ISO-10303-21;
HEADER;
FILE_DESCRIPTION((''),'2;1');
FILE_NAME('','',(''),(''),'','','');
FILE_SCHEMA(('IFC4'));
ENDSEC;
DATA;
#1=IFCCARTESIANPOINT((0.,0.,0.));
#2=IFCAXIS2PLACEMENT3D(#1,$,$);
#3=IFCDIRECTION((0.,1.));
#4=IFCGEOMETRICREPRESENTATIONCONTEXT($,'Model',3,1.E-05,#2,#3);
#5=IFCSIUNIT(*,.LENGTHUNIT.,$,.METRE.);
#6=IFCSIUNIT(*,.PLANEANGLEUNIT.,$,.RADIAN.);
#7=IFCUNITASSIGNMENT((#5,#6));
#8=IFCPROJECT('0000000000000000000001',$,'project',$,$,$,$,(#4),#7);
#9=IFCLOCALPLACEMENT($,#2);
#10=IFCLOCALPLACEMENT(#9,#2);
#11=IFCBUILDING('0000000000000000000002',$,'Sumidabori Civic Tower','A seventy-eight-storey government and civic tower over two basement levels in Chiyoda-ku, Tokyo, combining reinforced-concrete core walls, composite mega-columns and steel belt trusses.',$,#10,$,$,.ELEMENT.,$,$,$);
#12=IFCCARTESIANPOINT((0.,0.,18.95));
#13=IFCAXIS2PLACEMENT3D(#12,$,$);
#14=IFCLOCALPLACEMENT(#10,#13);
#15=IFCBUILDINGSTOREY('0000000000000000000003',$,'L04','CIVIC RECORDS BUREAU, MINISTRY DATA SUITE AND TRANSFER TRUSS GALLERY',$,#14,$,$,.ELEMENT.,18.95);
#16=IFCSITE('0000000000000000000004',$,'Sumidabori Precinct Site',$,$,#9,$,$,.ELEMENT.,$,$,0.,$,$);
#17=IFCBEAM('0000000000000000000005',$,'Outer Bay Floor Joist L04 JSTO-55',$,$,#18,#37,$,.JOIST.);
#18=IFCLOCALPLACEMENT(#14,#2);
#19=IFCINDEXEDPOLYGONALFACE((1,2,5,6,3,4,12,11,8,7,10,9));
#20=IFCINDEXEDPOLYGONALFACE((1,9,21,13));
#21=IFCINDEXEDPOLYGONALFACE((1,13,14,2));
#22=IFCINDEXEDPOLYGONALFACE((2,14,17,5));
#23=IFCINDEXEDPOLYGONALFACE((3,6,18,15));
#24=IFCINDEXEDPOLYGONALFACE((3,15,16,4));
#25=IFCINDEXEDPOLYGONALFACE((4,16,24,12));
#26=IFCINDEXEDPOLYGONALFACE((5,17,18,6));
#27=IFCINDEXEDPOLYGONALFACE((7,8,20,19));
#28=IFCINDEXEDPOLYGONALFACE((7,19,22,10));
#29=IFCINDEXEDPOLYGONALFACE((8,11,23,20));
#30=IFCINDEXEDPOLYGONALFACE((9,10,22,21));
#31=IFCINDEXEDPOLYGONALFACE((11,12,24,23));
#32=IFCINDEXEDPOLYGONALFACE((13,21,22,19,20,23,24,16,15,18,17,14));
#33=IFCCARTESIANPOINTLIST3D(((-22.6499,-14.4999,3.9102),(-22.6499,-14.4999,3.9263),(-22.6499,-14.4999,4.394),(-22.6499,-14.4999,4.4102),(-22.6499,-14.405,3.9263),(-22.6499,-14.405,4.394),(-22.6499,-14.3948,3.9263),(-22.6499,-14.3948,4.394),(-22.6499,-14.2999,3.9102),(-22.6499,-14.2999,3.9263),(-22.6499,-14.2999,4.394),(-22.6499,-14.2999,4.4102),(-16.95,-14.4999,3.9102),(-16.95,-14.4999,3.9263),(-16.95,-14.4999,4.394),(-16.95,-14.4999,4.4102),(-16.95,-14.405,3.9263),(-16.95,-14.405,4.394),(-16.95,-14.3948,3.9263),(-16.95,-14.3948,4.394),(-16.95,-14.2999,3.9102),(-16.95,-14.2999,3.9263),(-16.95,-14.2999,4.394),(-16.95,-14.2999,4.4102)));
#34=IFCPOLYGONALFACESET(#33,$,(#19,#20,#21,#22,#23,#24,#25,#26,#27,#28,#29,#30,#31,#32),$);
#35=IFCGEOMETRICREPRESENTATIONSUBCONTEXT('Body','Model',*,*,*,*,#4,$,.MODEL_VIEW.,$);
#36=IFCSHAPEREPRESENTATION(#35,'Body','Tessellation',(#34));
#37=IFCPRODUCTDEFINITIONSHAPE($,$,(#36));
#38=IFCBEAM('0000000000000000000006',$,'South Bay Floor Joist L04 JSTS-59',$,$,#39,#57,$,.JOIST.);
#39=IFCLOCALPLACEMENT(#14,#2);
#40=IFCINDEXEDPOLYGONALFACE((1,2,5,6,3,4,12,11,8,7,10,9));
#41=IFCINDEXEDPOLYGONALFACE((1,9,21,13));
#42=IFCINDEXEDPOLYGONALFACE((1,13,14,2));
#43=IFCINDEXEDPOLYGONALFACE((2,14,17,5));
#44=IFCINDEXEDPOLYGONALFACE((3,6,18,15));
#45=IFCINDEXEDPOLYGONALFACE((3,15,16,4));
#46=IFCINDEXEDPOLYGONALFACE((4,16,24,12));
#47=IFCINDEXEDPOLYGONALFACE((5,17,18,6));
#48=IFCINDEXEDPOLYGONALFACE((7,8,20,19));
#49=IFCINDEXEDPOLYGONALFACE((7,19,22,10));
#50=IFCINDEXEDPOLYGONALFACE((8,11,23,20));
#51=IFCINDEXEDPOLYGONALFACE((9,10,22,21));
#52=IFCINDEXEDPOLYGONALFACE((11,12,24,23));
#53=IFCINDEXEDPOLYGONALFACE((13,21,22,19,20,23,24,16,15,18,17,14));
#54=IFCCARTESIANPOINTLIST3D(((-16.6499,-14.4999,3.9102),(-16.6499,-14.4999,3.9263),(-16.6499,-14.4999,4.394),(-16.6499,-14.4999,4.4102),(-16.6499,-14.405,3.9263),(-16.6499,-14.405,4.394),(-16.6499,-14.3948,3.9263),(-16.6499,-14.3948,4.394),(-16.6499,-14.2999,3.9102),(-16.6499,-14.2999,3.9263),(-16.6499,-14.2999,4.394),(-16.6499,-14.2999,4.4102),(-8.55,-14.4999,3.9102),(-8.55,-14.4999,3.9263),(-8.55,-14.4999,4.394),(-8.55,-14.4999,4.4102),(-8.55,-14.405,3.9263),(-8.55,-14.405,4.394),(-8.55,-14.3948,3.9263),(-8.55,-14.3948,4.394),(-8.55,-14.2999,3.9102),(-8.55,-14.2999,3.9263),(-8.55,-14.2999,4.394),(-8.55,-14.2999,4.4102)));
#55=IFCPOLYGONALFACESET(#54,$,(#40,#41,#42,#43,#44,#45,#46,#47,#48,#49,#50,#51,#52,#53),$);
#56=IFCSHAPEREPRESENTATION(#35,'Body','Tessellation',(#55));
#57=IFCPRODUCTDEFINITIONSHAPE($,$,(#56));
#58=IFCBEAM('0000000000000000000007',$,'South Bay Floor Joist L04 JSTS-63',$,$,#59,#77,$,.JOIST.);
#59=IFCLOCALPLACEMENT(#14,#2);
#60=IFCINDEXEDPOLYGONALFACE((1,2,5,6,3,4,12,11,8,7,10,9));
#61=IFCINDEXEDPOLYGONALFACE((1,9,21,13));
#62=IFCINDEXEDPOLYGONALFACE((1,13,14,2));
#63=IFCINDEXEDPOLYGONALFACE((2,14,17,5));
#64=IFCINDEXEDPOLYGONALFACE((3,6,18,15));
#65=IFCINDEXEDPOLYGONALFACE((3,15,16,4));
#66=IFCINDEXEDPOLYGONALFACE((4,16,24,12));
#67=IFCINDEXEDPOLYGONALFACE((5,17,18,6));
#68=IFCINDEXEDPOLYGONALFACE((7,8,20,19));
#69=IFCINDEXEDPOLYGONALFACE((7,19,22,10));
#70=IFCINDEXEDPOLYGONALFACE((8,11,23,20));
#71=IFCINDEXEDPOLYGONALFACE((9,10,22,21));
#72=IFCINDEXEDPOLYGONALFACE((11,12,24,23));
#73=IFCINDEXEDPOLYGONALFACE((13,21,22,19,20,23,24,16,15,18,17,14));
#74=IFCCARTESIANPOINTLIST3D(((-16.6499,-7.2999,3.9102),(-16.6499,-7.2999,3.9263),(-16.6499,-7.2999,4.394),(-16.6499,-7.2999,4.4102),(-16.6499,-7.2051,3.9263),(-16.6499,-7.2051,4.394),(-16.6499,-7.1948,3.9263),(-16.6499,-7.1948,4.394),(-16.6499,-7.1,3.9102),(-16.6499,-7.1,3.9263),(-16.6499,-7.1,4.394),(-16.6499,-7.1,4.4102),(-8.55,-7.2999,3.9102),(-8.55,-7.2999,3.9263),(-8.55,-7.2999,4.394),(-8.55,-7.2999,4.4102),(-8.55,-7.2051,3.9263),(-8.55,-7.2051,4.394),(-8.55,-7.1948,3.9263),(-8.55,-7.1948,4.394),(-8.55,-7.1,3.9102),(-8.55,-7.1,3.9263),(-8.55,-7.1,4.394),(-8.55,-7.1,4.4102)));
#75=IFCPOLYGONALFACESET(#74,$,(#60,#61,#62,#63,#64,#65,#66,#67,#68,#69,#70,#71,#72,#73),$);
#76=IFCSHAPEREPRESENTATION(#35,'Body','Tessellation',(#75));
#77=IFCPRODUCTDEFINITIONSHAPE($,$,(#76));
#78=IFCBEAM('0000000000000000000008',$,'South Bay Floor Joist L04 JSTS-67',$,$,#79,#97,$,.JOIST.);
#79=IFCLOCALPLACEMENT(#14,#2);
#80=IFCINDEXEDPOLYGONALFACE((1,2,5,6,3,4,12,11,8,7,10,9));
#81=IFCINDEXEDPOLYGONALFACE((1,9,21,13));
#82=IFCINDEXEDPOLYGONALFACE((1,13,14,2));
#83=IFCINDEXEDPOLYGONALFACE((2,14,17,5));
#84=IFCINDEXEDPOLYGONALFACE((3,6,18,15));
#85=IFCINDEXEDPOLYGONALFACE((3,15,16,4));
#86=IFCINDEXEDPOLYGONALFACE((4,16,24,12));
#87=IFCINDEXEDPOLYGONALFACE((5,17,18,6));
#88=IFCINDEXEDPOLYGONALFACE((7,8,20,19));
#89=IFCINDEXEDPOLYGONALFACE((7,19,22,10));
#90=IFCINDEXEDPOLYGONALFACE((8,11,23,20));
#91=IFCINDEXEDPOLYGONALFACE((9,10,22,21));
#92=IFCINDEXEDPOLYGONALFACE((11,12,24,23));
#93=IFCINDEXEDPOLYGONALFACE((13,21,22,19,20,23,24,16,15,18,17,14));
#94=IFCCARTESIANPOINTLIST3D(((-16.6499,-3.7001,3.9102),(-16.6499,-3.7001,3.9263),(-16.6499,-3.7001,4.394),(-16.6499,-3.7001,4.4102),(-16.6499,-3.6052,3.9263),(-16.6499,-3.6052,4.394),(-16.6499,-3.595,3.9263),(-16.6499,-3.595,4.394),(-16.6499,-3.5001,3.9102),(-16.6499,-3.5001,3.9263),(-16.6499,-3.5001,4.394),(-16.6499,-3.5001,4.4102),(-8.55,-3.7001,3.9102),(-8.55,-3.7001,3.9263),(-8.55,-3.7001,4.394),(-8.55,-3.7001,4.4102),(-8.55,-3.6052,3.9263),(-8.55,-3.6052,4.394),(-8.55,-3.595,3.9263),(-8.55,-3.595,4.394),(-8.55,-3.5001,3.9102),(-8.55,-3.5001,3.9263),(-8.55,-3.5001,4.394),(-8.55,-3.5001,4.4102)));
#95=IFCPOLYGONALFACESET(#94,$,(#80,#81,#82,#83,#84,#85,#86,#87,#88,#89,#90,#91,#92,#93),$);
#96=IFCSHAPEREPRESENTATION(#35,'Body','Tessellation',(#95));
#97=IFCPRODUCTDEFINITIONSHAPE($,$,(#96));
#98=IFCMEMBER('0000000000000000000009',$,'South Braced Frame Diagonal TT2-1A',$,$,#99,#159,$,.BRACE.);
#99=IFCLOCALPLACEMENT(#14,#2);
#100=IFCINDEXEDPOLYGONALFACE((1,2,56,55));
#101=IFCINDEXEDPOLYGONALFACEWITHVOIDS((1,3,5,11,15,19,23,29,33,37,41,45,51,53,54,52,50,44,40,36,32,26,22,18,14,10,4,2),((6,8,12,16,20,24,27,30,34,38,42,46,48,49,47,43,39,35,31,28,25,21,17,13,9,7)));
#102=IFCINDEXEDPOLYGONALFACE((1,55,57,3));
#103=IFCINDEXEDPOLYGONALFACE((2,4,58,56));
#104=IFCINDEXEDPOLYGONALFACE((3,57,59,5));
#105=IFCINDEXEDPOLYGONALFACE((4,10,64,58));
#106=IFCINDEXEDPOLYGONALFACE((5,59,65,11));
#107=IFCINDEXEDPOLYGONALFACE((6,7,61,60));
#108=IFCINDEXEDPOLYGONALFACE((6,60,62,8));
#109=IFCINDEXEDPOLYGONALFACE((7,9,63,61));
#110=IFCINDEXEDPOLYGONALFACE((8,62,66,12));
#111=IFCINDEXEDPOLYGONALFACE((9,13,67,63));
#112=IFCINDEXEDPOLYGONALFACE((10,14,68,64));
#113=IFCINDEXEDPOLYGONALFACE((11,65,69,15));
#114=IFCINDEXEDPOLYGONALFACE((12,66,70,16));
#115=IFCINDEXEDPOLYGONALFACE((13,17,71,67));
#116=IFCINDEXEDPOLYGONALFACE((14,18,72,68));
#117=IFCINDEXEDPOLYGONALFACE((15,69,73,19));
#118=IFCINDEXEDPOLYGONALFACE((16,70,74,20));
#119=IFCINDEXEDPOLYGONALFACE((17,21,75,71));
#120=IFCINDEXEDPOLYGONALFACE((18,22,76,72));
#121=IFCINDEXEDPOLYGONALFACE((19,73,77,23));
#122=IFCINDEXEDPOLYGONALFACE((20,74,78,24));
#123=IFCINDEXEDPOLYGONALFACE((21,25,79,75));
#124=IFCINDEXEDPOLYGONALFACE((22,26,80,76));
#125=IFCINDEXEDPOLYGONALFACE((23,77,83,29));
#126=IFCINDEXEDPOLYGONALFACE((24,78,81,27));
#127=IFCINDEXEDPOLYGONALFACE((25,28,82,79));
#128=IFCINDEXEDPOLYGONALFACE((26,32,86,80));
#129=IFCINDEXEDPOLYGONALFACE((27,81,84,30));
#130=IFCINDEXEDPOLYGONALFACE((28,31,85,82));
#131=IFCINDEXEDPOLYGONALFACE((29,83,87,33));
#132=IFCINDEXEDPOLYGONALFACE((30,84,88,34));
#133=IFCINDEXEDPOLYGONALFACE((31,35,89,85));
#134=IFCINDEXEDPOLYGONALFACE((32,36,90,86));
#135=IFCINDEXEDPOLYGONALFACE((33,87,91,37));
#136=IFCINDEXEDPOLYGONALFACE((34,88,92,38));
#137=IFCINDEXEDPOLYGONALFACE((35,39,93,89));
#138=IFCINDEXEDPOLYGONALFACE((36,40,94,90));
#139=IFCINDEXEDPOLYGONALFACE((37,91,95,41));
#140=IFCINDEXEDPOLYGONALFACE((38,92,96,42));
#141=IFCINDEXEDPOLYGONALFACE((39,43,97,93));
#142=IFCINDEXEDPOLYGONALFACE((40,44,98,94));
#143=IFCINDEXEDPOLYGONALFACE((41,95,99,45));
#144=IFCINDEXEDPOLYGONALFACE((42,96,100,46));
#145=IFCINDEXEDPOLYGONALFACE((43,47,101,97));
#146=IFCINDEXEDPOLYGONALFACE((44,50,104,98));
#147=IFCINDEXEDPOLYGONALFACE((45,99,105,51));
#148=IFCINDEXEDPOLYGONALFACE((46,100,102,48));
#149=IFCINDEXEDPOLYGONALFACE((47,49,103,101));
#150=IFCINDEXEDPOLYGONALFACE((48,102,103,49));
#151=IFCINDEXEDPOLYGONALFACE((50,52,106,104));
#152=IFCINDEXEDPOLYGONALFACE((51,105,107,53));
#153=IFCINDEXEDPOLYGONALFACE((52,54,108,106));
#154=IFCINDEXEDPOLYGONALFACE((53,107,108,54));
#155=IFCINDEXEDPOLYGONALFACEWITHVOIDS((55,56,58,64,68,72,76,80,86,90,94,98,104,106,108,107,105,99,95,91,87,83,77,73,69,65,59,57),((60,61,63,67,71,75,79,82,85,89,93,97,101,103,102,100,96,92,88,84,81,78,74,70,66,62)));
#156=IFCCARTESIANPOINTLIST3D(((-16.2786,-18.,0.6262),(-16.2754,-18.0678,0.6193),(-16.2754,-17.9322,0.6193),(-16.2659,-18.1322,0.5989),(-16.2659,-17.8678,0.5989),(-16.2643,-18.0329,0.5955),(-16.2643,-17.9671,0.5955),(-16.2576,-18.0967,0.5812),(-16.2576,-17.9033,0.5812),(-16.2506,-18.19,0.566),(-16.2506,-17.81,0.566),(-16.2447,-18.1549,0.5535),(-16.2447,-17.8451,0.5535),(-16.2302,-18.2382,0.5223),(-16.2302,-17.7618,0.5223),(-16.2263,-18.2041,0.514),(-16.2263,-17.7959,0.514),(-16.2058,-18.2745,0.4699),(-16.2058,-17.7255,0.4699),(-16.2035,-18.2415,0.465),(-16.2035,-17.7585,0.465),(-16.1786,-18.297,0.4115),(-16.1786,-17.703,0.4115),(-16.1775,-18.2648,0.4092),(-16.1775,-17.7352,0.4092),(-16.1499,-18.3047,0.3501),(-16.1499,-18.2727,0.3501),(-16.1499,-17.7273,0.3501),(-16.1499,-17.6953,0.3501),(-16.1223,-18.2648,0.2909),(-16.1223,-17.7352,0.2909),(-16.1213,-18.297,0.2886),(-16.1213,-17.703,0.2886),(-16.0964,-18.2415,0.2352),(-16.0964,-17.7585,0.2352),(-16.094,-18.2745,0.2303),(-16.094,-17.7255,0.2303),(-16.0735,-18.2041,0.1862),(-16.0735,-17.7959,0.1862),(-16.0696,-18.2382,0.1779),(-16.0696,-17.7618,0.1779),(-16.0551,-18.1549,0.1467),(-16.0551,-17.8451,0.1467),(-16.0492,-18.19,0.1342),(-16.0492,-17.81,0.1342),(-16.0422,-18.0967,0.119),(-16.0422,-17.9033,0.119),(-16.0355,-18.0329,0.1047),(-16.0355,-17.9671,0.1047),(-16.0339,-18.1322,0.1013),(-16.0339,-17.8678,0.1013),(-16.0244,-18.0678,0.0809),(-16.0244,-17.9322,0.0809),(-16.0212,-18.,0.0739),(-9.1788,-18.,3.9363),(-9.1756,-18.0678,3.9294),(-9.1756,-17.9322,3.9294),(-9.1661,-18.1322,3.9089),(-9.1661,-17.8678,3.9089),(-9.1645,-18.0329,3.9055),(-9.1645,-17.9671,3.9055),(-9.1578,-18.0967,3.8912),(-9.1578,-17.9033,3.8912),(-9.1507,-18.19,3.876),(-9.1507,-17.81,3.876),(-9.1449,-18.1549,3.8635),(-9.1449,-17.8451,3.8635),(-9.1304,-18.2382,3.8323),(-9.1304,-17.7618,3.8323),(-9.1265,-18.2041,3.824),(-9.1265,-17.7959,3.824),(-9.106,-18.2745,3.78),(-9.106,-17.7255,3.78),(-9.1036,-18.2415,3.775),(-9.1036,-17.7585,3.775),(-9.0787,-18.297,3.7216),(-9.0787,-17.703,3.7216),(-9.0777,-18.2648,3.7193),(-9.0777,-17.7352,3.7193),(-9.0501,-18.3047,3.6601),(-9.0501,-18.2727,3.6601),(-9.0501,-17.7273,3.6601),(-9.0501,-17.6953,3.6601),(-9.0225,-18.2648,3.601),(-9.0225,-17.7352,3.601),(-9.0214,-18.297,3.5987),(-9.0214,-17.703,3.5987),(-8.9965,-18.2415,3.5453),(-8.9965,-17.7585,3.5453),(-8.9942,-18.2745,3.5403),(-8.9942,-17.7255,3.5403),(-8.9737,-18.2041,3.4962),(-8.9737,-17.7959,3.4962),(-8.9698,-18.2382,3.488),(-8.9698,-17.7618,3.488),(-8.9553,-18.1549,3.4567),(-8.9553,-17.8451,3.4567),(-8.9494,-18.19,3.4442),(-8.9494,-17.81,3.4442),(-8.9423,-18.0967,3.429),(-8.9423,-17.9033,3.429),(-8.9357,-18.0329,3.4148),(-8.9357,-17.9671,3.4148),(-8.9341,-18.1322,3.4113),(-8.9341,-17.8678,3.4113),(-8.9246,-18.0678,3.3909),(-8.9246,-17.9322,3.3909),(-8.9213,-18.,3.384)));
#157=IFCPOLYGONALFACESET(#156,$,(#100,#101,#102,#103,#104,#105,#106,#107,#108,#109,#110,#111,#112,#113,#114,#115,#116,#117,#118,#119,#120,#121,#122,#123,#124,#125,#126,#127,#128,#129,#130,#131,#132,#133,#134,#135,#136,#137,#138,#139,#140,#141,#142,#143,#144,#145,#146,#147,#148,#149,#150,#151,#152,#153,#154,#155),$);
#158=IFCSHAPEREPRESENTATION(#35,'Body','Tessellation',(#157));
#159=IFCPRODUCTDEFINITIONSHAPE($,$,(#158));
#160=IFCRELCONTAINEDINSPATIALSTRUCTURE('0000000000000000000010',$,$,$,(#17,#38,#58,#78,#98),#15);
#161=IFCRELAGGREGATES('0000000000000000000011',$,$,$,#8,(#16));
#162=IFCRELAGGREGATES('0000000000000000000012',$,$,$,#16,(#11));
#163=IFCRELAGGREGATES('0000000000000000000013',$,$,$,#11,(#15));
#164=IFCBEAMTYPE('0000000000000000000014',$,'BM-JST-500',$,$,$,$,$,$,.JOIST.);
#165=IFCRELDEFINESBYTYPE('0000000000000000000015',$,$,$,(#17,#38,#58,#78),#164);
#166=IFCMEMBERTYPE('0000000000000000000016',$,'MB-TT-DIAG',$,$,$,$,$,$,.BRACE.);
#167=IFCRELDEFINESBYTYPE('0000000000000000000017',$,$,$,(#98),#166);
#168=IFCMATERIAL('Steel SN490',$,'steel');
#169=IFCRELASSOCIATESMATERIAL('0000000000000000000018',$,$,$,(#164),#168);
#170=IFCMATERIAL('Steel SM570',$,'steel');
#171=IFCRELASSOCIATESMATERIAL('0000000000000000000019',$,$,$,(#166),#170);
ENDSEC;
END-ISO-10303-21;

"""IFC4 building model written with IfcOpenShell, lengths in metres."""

from ifc_helpers import new_model, si_unit, direction, frame, origin, origin_2d, place, context, subcontext, project, spatial, hollow_circle, i_section, extrude, source, transform, mapped, material, material_profile, profile_set, type_object, element, save


model = new_model("IFC4")

# Units and contexts
model_context = context("Model", 3, precision=1e-05, world=origin(), true_north=direction((0.0, 1.0)))
body_context = subcontext(model_context, "Body", "Model", "MODEL_VIEW")
ifc_project = project(units=[si_unit("LENGTHUNIT", "METRE"), si_unit("PLANEANGLEUNIT", "RADIAN")], contexts=[model_context])

# Site, building, storey
site_placement = place(None, origin())
site = spatial("IfcSite", under=ifc_project, at=site_placement, Name="Sumidabori Precinct Site", CompositionType="ELEMENT", RefElevation=0.0)
building_placement = place(site_placement, origin())
building = spatial("IfcBuilding", under=site, at=building_placement, Name="Sumidabori Civic Tower", Description="A seventy-eight-storey government and civic tower over two basement levels in Chiyoda-ku, Tokyo, combining reinforced-concrete core walls, composite mega-columns and steel belt trusses.", CompositionType="ELEMENT")
storey_placement = place(building_placement, frame((0.0, 0.0, 18.95)))
storey = spatial("IfcBuildingStorey", under=building, at=storey_placement, Name="L04", Description="CIVIC RECORDS BUREAU, MINISTRY DATA SUITE AND TRANSFER TRUSS GALLERY", CompositionType="ELEMENT", Elevation=18.95)

# Beams
ifc_material_1 = material(Name="Steel SN490", Category="steel")
ifc_material_profile_1 = material_profile(ifc_material_1, i_section(OverallWidth=0.2, OverallDepth=0.5, WebThickness=0.0103, FlangeThickness=0.0161, at=origin_2d()), Name="IPE 500")
ifc_profile_set_1 = profile_set([ifc_material_profile_1], Name="Steel SN490")
beam_type_1 = type_object("IfcBeamType", Name="BM-JST-500", PredefinedType="JOIST", material=ifc_profile_set_1)
shared_shape_1 = source(origin(), body_context, "Body", "SweptSolid", [
    extrude(i_section(OverallWidth=0.2, OverallDepth=0.5, WebThickness=0.0103, FlangeThickness=0.0161, at=origin_2d()), origin(), (0.0, 0.0, 1.0), 5.7),
])
for number, where, z_axis, x_axis, name in (
    (1, (-22.6499, -14.3999, 4.1602), (1.0, 0.0, 0.0), (0.0, 1.0, 0.0), "Outer Bay Floor Joist L04 JSTO-55"),
):
    element("IfcBeam", number, at=place(storey_placement, frame(where, z_axis=z_axis, x_axis=x_axis)), inside=storey, type_object=beam_type_1, Name=name, PredefinedType="JOIST", context=body_context, shape_type="MappedRepresentation", body=[
        mapped(shared_shape_1, transform((0.0, 0.0, 0.0), x_axis=(1.0, 0.0, 0.0), y_axis=(0.0, 1.0, 0.0), z_axis=(0.0, 0.0, 1.0), scale=1.0)),
    ])
shared_shape_2 = source(origin(), body_context, "Body", "SweptSolid", [
    extrude(i_section(OverallWidth=0.2, OverallDepth=0.5, WebThickness=0.0103, FlangeThickness=0.0161, at=origin_2d()), origin(), (0.0, 0.0, 1.0), 8.0999),
])
for number, where, z_axis, x_axis, name in (
    (2, (-16.6499, -14.3999, 4.1602), (1.0, 0.0, 0.0), (0.0, 1.0, 0.0), "South Bay Floor Joist L04 JSTS-59"),
    (3, (-16.6499, -7.2, 4.1602), (1.0, 0.0, 0.0), (0.0, 1.0, 0.0), "South Bay Floor Joist L04 JSTS-63"),
    (4, (-16.6499, -3.6001, 4.1602), (1.0, 0.0, 0.0), (0.0, 1.0, 0.0), "South Bay Floor Joist L04 JSTS-67"),
):
    element("IfcBeam", number, at=place(storey_placement, frame(where, z_axis=z_axis, x_axis=x_axis)), inside=storey, type_object=beam_type_1, Name=name, PredefinedType="JOIST", context=body_context, shape_type="MappedRepresentation", body=[
        mapped(shared_shape_2, transform((0.0, 0.0, 0.0), x_axis=(1.0, 0.0, 0.0), y_axis=(0.0, 1.0, 0.0), z_axis=(0.0, 0.0, 1.0), scale=1.0)),
    ])

# Member
ifc_material_2 = material(Name="Steel SM570", Category="steel")
ifc_material_profile_2 = material_profile(ifc_material_2, hollow_circle(Radius=0.3047, WallThickness=0.032, at=origin_2d()), Name="CHS 609.6x32")
ifc_profile_set_2 = profile_set([ifc_material_profile_2], Name="Steel SM570")
member_type = type_object("IfcMemberType", Name="MB-TT-DIAG", PredefinedType="BRACE", material=ifc_profile_set_2)
shared_shape_3 = source(origin(), body_context, "Body", "SweptSolid", [
    extrude(hollow_circle(Radius=0.3047, WallThickness=0.032, at=origin_2d()), origin(), (0.0, 0.0, 1.0), 7.8335),
])
member_1_placement = place(storey_placement, frame((-16.1499, -18.0, 0.3501), z_axis=(0.90634, 0.0, 0.422549), x_axis=(0.0, 1.0, 0.0)))
element("IfcMember", 5, at=member_1_placement, inside=storey, type_object=member_type, Name="South Braced Frame Diagonal TT2-1A", PredefinedType="BRACE", context=body_context, shape_type="MappedRepresentation", body=[
    mapped(shared_shape_3, transform((0.0, 0.0, 0.0), x_axis=(1.0, 0.0, 0.0), y_axis=(0.0, 1.0, 0.0), z_axis=(0.0, 0.0, 1.0), scale=1.0)),
])

save(model, "model.ifc")
